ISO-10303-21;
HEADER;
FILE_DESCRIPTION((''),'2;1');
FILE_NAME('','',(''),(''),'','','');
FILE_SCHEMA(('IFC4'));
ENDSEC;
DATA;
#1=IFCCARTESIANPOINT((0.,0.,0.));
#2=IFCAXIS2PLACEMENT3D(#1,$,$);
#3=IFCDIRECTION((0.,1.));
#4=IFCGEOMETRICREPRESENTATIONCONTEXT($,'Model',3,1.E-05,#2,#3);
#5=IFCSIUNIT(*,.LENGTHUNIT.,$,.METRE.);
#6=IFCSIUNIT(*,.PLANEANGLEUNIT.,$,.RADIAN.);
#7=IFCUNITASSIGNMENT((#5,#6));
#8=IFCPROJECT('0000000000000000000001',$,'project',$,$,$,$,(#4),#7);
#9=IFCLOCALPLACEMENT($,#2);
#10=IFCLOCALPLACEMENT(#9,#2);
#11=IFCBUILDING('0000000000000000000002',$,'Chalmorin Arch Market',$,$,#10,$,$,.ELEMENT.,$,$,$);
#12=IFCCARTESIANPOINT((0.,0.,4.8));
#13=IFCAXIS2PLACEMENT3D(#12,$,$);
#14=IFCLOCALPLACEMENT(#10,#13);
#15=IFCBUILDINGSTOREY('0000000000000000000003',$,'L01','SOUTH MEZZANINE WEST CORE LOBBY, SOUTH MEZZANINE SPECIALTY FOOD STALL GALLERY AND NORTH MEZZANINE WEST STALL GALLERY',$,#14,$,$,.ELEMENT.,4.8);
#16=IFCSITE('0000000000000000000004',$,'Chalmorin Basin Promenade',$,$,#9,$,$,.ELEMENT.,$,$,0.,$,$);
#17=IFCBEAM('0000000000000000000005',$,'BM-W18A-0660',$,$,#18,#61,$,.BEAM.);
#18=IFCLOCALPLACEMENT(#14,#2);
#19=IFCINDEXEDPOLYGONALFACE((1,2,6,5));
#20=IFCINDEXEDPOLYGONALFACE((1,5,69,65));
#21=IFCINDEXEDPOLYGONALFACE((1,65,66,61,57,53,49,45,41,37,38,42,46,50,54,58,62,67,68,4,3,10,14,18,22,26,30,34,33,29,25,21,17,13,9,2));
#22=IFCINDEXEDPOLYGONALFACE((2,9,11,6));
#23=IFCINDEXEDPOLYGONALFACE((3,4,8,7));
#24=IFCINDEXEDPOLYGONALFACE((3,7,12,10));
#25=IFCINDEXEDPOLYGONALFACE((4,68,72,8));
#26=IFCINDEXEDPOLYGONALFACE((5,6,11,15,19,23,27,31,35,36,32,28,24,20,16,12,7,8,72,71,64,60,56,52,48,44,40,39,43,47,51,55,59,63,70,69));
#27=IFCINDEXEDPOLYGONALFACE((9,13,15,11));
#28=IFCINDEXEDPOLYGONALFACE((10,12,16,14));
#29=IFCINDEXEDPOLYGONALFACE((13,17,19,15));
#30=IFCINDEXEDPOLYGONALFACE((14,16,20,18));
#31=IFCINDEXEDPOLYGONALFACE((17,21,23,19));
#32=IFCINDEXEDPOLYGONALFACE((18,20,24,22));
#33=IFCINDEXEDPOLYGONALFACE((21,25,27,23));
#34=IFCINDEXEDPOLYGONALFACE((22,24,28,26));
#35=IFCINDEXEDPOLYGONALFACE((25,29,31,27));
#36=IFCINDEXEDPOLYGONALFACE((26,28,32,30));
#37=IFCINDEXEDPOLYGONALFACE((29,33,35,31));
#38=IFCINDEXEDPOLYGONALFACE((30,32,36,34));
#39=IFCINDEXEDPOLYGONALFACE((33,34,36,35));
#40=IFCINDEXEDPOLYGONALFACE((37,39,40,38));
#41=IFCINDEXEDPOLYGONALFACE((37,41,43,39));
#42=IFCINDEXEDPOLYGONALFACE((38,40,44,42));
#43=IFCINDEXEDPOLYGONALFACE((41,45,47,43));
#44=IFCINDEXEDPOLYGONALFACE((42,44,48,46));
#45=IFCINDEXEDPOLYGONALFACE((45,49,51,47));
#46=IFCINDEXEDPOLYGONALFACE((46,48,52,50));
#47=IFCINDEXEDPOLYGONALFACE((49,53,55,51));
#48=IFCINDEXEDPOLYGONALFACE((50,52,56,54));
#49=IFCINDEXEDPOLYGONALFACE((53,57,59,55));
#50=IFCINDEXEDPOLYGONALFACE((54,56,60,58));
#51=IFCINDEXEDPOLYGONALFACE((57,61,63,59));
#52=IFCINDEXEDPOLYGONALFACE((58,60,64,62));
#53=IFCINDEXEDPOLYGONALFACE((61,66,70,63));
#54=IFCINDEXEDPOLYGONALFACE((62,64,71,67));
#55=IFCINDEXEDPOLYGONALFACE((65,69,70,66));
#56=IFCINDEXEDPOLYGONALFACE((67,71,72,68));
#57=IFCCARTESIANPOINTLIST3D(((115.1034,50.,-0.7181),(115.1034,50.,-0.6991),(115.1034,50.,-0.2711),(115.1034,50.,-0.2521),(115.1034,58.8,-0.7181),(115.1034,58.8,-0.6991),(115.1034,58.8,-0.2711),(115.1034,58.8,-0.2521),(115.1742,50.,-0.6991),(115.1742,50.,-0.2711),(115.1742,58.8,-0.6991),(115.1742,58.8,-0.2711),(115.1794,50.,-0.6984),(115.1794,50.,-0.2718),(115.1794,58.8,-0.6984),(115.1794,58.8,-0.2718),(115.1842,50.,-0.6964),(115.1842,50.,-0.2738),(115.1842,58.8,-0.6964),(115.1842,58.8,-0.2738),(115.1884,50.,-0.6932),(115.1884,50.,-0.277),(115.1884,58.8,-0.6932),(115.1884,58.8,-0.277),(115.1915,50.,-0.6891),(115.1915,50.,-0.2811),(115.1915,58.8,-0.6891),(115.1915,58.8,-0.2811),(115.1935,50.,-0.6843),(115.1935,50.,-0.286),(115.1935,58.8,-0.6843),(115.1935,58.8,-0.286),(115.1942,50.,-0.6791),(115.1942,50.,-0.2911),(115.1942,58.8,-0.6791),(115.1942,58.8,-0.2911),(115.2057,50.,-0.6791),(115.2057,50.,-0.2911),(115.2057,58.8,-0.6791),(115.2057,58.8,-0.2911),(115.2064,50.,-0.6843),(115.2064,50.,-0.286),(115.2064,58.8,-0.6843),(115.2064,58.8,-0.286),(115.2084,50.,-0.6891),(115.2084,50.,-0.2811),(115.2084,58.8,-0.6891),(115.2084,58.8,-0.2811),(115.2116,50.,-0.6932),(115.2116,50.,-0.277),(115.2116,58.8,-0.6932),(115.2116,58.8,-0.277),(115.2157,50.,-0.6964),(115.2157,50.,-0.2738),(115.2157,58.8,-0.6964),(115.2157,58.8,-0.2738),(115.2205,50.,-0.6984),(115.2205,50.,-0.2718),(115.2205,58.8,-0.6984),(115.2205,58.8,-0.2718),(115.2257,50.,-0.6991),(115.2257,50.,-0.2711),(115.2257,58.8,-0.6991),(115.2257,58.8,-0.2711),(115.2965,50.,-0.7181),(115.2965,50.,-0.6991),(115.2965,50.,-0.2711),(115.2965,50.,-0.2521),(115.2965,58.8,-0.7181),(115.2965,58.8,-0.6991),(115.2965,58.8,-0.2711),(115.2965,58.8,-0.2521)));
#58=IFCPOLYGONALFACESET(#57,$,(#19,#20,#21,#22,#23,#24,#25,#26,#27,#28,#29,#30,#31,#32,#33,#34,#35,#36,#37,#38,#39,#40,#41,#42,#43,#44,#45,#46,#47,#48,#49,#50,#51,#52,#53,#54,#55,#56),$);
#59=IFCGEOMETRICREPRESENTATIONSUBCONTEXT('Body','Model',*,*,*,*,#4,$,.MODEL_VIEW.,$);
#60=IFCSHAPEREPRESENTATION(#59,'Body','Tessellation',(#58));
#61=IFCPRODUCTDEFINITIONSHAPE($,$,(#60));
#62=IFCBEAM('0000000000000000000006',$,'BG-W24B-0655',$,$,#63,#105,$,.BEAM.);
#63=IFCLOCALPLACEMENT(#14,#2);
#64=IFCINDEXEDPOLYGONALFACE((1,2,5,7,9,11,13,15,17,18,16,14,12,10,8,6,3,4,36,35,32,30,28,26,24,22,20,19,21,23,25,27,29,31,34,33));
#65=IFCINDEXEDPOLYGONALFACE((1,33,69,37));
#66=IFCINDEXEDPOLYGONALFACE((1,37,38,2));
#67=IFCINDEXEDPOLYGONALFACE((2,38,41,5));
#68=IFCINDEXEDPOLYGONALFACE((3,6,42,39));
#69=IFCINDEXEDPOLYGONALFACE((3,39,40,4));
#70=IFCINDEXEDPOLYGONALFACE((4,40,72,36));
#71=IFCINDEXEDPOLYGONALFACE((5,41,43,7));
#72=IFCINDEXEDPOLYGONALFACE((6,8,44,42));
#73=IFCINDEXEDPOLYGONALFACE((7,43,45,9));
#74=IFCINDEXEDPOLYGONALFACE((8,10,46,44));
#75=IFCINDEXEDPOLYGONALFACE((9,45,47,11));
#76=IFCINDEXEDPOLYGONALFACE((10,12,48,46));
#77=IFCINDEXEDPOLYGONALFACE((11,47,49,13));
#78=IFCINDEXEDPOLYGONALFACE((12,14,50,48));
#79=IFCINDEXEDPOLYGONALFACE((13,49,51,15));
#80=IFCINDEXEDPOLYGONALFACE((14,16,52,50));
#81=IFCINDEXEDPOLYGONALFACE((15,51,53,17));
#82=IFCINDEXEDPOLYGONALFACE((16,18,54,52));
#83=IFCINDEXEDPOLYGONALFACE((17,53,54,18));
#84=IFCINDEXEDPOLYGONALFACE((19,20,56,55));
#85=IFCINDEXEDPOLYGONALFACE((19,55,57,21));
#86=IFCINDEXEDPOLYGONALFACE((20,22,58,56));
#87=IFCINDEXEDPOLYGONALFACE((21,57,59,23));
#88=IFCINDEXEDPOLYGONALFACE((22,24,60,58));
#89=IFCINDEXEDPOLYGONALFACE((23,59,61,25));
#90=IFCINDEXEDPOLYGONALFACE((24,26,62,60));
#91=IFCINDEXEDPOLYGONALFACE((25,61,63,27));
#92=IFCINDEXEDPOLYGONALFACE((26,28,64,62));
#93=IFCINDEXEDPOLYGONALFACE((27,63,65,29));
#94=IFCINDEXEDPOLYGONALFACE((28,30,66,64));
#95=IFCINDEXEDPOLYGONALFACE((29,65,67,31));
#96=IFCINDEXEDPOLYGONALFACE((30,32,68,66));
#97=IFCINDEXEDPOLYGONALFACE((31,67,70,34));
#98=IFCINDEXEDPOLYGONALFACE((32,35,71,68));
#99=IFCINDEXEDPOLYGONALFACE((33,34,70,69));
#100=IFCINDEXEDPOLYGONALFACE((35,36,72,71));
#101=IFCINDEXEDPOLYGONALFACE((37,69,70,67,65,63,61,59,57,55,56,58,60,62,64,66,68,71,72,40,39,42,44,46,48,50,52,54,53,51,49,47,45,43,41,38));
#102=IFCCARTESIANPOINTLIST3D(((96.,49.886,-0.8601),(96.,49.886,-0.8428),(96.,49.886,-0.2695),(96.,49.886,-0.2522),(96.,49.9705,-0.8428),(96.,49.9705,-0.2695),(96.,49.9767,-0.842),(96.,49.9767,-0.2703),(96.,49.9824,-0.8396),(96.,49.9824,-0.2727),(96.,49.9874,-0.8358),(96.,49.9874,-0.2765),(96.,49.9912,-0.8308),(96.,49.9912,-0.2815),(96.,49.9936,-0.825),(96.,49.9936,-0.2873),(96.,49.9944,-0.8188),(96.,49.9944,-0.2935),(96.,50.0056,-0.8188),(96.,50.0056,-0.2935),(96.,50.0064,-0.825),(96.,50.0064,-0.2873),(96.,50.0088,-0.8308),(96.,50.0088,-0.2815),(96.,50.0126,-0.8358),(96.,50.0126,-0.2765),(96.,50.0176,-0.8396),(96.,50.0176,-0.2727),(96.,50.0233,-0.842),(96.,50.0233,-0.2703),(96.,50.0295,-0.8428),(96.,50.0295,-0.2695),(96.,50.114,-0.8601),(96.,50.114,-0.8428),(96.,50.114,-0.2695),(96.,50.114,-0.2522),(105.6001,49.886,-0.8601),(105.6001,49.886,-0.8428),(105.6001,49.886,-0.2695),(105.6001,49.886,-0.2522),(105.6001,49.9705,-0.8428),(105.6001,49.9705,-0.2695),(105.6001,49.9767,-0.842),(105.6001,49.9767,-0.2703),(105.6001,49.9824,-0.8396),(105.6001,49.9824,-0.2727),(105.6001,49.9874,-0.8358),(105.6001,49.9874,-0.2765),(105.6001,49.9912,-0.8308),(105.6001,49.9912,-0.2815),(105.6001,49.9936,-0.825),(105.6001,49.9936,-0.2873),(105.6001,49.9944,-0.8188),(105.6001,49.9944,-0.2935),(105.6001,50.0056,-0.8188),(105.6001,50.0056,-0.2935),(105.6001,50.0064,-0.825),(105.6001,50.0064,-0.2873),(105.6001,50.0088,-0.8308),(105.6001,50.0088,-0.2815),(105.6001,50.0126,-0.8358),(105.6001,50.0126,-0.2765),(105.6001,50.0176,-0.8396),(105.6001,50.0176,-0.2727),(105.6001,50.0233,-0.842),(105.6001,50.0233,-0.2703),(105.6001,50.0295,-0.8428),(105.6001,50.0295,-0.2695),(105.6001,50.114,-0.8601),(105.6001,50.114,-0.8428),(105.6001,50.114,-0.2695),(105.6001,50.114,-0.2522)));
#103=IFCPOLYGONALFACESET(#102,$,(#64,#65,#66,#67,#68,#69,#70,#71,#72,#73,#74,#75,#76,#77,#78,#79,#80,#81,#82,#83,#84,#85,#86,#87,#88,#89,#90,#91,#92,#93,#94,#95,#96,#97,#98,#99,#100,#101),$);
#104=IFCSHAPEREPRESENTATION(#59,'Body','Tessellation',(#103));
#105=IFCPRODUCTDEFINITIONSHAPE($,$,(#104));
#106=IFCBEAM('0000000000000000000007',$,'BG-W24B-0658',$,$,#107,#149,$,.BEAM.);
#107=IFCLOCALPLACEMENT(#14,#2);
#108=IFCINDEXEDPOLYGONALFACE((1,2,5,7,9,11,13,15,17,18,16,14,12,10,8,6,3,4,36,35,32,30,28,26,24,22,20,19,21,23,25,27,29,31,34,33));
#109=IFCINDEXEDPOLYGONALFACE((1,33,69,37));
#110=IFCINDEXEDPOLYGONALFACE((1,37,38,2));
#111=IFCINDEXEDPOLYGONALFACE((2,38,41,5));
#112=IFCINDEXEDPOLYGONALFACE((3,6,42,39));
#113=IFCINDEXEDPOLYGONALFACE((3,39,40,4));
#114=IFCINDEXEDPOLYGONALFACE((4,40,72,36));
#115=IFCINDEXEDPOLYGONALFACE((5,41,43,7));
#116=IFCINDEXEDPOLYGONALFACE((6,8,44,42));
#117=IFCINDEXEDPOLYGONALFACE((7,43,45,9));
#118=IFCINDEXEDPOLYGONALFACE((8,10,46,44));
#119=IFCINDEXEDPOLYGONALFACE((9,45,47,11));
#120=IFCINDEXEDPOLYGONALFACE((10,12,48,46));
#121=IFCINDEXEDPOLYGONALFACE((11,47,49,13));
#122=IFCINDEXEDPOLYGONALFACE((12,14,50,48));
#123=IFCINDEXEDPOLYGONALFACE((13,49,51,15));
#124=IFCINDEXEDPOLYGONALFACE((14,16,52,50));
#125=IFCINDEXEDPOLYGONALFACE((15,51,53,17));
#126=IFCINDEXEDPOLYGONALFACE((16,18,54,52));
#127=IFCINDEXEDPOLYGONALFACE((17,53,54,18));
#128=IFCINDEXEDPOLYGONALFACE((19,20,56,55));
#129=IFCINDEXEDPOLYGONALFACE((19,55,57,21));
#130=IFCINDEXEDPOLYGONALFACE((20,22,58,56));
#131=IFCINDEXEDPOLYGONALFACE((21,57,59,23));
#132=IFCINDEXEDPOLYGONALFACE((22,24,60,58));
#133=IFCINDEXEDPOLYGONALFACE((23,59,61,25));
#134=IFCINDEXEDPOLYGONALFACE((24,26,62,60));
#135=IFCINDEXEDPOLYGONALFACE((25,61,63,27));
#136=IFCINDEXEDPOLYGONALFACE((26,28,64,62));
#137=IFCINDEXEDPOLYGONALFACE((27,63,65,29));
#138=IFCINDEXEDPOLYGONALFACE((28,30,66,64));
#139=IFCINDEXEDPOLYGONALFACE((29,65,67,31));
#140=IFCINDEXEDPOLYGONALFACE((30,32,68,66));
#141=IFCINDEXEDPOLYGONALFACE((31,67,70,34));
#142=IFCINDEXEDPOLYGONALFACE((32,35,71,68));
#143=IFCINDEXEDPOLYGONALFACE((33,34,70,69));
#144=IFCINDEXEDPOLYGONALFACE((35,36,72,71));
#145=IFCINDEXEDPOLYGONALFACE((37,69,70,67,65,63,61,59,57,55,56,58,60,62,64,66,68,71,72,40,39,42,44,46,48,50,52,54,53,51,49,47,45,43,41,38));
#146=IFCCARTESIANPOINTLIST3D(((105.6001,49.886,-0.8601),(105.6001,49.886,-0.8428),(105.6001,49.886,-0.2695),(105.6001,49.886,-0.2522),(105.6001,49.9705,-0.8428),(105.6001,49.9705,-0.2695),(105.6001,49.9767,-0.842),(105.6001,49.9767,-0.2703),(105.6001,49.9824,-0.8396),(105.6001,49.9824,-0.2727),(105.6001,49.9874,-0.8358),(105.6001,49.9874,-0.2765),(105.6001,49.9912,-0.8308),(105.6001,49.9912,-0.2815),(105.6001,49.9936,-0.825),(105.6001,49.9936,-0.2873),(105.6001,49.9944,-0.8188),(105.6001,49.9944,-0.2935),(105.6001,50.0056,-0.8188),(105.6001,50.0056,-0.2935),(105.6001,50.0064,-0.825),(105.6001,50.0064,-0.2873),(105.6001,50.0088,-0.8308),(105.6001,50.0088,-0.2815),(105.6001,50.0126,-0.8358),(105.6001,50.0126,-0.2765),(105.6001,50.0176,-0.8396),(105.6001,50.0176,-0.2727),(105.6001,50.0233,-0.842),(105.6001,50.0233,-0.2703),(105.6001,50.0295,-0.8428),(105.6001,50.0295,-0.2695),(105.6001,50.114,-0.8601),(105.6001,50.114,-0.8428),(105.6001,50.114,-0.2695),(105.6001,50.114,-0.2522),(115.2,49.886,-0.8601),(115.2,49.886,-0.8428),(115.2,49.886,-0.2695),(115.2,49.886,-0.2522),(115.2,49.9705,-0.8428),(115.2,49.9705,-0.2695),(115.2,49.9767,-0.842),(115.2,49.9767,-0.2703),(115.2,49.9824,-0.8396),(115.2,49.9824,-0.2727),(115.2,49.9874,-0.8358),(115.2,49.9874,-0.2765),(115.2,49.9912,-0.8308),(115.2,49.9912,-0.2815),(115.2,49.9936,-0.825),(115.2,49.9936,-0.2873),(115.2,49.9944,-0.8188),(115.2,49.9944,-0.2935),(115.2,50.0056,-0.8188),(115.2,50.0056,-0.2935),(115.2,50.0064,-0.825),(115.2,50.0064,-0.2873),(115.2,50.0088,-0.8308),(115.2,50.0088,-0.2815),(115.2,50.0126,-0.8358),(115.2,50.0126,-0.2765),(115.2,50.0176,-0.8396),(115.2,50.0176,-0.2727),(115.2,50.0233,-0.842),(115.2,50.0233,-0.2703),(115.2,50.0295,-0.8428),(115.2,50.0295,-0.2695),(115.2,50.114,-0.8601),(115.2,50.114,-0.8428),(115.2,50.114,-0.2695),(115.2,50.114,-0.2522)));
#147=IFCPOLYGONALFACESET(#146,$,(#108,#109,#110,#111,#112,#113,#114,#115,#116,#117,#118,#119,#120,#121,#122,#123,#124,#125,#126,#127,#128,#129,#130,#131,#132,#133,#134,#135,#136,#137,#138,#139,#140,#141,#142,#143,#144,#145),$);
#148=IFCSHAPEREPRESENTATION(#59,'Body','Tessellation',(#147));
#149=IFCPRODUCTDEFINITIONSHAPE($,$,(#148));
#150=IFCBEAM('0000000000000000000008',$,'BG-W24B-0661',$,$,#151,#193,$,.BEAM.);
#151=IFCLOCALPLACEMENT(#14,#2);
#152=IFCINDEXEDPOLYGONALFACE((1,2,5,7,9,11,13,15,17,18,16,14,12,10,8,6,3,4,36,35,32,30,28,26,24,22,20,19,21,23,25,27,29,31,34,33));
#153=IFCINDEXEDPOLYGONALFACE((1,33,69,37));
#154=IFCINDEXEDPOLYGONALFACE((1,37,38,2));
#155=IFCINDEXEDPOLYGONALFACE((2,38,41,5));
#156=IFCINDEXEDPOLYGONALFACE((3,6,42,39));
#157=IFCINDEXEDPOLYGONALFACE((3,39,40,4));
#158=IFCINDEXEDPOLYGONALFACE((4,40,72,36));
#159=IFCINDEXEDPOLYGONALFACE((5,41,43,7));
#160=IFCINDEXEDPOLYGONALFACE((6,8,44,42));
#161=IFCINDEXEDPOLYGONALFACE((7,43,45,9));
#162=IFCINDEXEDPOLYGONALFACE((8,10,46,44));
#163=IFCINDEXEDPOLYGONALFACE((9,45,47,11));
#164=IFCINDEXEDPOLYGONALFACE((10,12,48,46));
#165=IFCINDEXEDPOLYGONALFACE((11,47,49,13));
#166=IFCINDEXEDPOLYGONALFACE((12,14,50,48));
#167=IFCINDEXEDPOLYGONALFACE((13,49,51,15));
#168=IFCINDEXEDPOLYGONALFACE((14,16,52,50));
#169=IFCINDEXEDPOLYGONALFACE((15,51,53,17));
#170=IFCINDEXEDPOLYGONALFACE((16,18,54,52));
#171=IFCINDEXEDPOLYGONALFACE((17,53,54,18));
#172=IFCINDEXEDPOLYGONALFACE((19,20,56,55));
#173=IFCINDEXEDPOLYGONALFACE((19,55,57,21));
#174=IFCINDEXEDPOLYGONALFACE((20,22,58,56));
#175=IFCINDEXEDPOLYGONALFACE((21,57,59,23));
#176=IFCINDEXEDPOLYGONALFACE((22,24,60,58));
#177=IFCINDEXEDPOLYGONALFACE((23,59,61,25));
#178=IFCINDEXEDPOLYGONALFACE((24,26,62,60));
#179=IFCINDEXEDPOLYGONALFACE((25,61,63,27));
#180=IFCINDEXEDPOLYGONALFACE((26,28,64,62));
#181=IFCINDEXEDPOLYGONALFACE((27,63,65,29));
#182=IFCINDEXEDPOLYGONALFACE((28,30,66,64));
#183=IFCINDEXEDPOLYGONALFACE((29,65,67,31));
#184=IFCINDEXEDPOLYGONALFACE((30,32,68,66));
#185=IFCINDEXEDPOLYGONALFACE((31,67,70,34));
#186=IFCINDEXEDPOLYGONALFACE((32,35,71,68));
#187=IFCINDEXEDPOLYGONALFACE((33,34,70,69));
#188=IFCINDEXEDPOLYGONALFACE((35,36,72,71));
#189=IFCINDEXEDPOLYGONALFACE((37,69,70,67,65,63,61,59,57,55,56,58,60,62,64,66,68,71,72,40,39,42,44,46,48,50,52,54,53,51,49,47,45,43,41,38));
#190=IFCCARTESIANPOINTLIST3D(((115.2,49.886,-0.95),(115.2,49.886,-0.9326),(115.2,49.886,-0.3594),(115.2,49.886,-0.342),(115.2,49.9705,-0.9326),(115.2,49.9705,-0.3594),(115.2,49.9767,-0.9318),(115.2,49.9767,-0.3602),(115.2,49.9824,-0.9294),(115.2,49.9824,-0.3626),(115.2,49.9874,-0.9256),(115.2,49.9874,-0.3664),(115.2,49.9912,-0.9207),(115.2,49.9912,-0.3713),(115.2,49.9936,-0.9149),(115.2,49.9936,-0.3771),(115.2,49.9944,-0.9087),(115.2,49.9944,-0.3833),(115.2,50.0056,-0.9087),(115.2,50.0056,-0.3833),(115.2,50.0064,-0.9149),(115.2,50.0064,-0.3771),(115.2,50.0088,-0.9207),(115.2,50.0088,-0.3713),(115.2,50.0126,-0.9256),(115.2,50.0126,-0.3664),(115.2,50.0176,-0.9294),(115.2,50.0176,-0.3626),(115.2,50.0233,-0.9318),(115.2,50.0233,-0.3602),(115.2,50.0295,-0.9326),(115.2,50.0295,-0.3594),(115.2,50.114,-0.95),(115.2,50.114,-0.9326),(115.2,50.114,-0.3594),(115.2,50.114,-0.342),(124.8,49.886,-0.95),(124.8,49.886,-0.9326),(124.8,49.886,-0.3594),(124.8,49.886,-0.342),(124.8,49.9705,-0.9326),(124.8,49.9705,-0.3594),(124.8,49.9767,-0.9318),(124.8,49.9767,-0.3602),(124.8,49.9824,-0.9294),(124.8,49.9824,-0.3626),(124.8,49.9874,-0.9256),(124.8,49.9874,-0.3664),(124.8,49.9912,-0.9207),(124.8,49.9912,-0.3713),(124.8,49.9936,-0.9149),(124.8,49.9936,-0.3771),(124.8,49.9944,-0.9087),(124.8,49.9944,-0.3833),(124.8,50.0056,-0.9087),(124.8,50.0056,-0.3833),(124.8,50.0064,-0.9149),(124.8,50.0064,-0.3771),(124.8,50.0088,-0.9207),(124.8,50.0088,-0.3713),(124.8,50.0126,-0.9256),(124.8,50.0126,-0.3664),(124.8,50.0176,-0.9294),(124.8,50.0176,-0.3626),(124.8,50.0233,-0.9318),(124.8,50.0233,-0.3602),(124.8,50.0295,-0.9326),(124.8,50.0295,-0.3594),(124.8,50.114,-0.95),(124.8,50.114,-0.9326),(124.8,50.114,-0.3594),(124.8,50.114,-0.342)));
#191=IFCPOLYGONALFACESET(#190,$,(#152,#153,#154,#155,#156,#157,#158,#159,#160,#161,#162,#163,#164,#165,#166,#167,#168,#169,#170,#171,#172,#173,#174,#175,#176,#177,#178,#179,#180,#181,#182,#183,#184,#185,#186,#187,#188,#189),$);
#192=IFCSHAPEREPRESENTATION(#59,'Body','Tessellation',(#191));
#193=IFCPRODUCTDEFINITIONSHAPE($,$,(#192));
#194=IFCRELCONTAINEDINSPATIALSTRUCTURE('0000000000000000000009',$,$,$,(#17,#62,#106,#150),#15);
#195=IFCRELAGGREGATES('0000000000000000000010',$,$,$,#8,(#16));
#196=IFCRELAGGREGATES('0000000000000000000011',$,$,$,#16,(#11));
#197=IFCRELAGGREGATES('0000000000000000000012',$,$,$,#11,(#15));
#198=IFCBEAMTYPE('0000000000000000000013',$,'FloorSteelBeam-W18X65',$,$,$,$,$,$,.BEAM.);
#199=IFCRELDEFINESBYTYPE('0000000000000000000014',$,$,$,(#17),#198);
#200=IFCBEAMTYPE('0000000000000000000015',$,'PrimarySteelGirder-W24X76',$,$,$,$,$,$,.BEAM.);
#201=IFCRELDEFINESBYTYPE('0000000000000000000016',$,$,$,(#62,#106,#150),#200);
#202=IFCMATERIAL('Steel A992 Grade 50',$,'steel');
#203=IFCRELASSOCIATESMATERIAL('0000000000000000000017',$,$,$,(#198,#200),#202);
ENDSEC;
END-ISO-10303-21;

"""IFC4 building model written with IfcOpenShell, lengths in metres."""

from ifc_helpers import new_model, si_unit, direction, frame, origin, origin_2d, place, context, subcontext, project, spatial, i_section, extrude, material, material_profile, profile_set, type_object, element, save


model = new_model("IFC4")

# Units and contexts
model_context = context("Model", 3, precision=1e-05, world=origin(), true_north=direction((0.0, 1.0)))
body_context = subcontext(model_context, "Body", "Model", "MODEL_VIEW")
ifc_project = project(units=[si_unit("LENGTHUNIT", "METRE"), si_unit("PLANEANGLEUNIT", "RADIAN")], contexts=[model_context])

# Site, building, storey
site_placement = place(None, origin())
site = spatial("IfcSite", under=ifc_project, at=site_placement, Name="Chalmorin Basin Promenade", CompositionType="ELEMENT", RefElevation=0.0)
building_placement = place(site_placement, origin())
building = spatial("IfcBuilding", under=site, at=building_placement, Name="Chalmorin Arch Market", CompositionType="ELEMENT")
storey_placement = place(building_placement, frame((0.0, 0.0, 4.8)))
storey = spatial("IfcBuildingStorey", under=building, at=storey_placement, Name="L01", Description="SOUTH MEZZANINE WEST CORE LOBBY, SOUTH MEZZANINE SPECIALTY FOOD STALL GALLERY AND NORTH MEZZANINE WEST STALL GALLERY", CompositionType="ELEMENT", Elevation=4.8)

# Beams
ifc_material_1 = material(Name="Steel A992 Grade 50", Category="steel")
ifc_material_profile_1 = material_profile(ifc_material_1, i_section(OverallWidth=0.1931, OverallDepth=0.4661, WebThickness=0.0115, FlangeThickness=0.019, FilletRadius=0.02, at=origin_2d()), Name="W18X65")
ifc_profile_set_1 = profile_set([ifc_material_profile_1], Name="Steel A992 Grade 50")
beam_type_1 = type_object("IfcBeamType", Name="FloorSteelBeam-W18X65", PredefinedType="BEAM", material=ifc_profile_set_1)
for number, where, z_axis, x_axis, name in (
    (1, (115.2, 50.0, -0.4851), (0.0, 1.0, 0.0), (-1.0, 0.0, 0.0), "BM-W18A-0660"),
):
    element("IfcBeam", number, at=place(storey_placement, frame(where, z_axis=z_axis, x_axis=x_axis)), inside=storey, type_object=beam_type_1, Name=name, PredefinedType="BEAM", context=body_context, shape_type="SweptSolid", body=[
        extrude(i_section(OverallWidth=0.1931, OverallDepth=0.4661, WebThickness=0.0115, FlangeThickness=0.019, FilletRadius=0.02, at=origin_2d()), origin(), (0.0, 0.0, 1.0), 8.8),
    ])
ifc_material_profile_2 = material_profile(ifc_material_1, i_section(OverallWidth=0.228, OverallDepth=0.6079, WebThickness=0.0112, FlangeThickness=0.0173, FilletRadius=0.0239, at=origin_2d()), Name="W24X76")
ifc_profile_set_2 = profile_set([ifc_material_profile_2], Name="Steel A992 Grade 50")
beam_type_2 = type_object("IfcBeamType", Name="PrimarySteelGirder-W24X76", PredefinedType="BEAM", material=ifc_profile_set_2)
beam_1_placement = place(storey_placement, frame((96.0, 50.0, -0.5562), z_axis=(1.0, 0.0, 0.0), x_axis=(0.0, 1.0, 0.0)))
element("IfcBeam", 2, at=beam_1_placement, inside=storey, type_object=beam_type_2, Name="BG-W24B-0655", PredefinedType="BEAM", context=body_context, shape_type="SweptSolid", body=[
    extrude(i_section(OverallWidth=0.228, OverallDepth=0.6079, WebThickness=0.0112, FlangeThickness=0.0173, FilletRadius=0.0239, at=origin_2d()), origin(), (0.0, 0.0, 1.0), 9.6001),
])
beam_2_placement = place(storey_placement, frame((105.6001, 50.0, -0.5562), z_axis=(1.0, 0.0, 0.0), x_axis=(0.0, 1.0, 0.0)))
element("IfcBeam", 3, at=beam_2_placement, inside=storey, type_object=beam_type_2, Name="BG-W24B-0658", PredefinedType="BEAM", context=body_context, shape_type="SweptSolid", body=[
    extrude(i_section(OverallWidth=0.228, OverallDepth=0.6079, WebThickness=0.0112, FlangeThickness=0.0173, FilletRadius=0.0239, at=origin_2d()), origin(), (0.0, 0.0, 1.0), 9.5999),
])
beam_3_placement = place(storey_placement, frame((115.2, 50.0, -0.646), z_axis=(1.0, 0.0, 0.0), x_axis=(0.0, 1.0, 0.0)))
element("IfcBeam", 4, at=beam_3_placement, inside=storey, type_object=beam_type_2, Name="BG-W24B-0661", PredefinedType="BEAM", context=body_context, shape_type="SweptSolid", body=[
    extrude(i_section(OverallWidth=0.228, OverallDepth=0.6079, WebThickness=0.0112, FlangeThickness=0.0173, FilletRadius=0.0239, at=origin_2d()), origin(), (0.0, 0.0, 1.0), 9.6001),
])

save(model, "model.ifc")
